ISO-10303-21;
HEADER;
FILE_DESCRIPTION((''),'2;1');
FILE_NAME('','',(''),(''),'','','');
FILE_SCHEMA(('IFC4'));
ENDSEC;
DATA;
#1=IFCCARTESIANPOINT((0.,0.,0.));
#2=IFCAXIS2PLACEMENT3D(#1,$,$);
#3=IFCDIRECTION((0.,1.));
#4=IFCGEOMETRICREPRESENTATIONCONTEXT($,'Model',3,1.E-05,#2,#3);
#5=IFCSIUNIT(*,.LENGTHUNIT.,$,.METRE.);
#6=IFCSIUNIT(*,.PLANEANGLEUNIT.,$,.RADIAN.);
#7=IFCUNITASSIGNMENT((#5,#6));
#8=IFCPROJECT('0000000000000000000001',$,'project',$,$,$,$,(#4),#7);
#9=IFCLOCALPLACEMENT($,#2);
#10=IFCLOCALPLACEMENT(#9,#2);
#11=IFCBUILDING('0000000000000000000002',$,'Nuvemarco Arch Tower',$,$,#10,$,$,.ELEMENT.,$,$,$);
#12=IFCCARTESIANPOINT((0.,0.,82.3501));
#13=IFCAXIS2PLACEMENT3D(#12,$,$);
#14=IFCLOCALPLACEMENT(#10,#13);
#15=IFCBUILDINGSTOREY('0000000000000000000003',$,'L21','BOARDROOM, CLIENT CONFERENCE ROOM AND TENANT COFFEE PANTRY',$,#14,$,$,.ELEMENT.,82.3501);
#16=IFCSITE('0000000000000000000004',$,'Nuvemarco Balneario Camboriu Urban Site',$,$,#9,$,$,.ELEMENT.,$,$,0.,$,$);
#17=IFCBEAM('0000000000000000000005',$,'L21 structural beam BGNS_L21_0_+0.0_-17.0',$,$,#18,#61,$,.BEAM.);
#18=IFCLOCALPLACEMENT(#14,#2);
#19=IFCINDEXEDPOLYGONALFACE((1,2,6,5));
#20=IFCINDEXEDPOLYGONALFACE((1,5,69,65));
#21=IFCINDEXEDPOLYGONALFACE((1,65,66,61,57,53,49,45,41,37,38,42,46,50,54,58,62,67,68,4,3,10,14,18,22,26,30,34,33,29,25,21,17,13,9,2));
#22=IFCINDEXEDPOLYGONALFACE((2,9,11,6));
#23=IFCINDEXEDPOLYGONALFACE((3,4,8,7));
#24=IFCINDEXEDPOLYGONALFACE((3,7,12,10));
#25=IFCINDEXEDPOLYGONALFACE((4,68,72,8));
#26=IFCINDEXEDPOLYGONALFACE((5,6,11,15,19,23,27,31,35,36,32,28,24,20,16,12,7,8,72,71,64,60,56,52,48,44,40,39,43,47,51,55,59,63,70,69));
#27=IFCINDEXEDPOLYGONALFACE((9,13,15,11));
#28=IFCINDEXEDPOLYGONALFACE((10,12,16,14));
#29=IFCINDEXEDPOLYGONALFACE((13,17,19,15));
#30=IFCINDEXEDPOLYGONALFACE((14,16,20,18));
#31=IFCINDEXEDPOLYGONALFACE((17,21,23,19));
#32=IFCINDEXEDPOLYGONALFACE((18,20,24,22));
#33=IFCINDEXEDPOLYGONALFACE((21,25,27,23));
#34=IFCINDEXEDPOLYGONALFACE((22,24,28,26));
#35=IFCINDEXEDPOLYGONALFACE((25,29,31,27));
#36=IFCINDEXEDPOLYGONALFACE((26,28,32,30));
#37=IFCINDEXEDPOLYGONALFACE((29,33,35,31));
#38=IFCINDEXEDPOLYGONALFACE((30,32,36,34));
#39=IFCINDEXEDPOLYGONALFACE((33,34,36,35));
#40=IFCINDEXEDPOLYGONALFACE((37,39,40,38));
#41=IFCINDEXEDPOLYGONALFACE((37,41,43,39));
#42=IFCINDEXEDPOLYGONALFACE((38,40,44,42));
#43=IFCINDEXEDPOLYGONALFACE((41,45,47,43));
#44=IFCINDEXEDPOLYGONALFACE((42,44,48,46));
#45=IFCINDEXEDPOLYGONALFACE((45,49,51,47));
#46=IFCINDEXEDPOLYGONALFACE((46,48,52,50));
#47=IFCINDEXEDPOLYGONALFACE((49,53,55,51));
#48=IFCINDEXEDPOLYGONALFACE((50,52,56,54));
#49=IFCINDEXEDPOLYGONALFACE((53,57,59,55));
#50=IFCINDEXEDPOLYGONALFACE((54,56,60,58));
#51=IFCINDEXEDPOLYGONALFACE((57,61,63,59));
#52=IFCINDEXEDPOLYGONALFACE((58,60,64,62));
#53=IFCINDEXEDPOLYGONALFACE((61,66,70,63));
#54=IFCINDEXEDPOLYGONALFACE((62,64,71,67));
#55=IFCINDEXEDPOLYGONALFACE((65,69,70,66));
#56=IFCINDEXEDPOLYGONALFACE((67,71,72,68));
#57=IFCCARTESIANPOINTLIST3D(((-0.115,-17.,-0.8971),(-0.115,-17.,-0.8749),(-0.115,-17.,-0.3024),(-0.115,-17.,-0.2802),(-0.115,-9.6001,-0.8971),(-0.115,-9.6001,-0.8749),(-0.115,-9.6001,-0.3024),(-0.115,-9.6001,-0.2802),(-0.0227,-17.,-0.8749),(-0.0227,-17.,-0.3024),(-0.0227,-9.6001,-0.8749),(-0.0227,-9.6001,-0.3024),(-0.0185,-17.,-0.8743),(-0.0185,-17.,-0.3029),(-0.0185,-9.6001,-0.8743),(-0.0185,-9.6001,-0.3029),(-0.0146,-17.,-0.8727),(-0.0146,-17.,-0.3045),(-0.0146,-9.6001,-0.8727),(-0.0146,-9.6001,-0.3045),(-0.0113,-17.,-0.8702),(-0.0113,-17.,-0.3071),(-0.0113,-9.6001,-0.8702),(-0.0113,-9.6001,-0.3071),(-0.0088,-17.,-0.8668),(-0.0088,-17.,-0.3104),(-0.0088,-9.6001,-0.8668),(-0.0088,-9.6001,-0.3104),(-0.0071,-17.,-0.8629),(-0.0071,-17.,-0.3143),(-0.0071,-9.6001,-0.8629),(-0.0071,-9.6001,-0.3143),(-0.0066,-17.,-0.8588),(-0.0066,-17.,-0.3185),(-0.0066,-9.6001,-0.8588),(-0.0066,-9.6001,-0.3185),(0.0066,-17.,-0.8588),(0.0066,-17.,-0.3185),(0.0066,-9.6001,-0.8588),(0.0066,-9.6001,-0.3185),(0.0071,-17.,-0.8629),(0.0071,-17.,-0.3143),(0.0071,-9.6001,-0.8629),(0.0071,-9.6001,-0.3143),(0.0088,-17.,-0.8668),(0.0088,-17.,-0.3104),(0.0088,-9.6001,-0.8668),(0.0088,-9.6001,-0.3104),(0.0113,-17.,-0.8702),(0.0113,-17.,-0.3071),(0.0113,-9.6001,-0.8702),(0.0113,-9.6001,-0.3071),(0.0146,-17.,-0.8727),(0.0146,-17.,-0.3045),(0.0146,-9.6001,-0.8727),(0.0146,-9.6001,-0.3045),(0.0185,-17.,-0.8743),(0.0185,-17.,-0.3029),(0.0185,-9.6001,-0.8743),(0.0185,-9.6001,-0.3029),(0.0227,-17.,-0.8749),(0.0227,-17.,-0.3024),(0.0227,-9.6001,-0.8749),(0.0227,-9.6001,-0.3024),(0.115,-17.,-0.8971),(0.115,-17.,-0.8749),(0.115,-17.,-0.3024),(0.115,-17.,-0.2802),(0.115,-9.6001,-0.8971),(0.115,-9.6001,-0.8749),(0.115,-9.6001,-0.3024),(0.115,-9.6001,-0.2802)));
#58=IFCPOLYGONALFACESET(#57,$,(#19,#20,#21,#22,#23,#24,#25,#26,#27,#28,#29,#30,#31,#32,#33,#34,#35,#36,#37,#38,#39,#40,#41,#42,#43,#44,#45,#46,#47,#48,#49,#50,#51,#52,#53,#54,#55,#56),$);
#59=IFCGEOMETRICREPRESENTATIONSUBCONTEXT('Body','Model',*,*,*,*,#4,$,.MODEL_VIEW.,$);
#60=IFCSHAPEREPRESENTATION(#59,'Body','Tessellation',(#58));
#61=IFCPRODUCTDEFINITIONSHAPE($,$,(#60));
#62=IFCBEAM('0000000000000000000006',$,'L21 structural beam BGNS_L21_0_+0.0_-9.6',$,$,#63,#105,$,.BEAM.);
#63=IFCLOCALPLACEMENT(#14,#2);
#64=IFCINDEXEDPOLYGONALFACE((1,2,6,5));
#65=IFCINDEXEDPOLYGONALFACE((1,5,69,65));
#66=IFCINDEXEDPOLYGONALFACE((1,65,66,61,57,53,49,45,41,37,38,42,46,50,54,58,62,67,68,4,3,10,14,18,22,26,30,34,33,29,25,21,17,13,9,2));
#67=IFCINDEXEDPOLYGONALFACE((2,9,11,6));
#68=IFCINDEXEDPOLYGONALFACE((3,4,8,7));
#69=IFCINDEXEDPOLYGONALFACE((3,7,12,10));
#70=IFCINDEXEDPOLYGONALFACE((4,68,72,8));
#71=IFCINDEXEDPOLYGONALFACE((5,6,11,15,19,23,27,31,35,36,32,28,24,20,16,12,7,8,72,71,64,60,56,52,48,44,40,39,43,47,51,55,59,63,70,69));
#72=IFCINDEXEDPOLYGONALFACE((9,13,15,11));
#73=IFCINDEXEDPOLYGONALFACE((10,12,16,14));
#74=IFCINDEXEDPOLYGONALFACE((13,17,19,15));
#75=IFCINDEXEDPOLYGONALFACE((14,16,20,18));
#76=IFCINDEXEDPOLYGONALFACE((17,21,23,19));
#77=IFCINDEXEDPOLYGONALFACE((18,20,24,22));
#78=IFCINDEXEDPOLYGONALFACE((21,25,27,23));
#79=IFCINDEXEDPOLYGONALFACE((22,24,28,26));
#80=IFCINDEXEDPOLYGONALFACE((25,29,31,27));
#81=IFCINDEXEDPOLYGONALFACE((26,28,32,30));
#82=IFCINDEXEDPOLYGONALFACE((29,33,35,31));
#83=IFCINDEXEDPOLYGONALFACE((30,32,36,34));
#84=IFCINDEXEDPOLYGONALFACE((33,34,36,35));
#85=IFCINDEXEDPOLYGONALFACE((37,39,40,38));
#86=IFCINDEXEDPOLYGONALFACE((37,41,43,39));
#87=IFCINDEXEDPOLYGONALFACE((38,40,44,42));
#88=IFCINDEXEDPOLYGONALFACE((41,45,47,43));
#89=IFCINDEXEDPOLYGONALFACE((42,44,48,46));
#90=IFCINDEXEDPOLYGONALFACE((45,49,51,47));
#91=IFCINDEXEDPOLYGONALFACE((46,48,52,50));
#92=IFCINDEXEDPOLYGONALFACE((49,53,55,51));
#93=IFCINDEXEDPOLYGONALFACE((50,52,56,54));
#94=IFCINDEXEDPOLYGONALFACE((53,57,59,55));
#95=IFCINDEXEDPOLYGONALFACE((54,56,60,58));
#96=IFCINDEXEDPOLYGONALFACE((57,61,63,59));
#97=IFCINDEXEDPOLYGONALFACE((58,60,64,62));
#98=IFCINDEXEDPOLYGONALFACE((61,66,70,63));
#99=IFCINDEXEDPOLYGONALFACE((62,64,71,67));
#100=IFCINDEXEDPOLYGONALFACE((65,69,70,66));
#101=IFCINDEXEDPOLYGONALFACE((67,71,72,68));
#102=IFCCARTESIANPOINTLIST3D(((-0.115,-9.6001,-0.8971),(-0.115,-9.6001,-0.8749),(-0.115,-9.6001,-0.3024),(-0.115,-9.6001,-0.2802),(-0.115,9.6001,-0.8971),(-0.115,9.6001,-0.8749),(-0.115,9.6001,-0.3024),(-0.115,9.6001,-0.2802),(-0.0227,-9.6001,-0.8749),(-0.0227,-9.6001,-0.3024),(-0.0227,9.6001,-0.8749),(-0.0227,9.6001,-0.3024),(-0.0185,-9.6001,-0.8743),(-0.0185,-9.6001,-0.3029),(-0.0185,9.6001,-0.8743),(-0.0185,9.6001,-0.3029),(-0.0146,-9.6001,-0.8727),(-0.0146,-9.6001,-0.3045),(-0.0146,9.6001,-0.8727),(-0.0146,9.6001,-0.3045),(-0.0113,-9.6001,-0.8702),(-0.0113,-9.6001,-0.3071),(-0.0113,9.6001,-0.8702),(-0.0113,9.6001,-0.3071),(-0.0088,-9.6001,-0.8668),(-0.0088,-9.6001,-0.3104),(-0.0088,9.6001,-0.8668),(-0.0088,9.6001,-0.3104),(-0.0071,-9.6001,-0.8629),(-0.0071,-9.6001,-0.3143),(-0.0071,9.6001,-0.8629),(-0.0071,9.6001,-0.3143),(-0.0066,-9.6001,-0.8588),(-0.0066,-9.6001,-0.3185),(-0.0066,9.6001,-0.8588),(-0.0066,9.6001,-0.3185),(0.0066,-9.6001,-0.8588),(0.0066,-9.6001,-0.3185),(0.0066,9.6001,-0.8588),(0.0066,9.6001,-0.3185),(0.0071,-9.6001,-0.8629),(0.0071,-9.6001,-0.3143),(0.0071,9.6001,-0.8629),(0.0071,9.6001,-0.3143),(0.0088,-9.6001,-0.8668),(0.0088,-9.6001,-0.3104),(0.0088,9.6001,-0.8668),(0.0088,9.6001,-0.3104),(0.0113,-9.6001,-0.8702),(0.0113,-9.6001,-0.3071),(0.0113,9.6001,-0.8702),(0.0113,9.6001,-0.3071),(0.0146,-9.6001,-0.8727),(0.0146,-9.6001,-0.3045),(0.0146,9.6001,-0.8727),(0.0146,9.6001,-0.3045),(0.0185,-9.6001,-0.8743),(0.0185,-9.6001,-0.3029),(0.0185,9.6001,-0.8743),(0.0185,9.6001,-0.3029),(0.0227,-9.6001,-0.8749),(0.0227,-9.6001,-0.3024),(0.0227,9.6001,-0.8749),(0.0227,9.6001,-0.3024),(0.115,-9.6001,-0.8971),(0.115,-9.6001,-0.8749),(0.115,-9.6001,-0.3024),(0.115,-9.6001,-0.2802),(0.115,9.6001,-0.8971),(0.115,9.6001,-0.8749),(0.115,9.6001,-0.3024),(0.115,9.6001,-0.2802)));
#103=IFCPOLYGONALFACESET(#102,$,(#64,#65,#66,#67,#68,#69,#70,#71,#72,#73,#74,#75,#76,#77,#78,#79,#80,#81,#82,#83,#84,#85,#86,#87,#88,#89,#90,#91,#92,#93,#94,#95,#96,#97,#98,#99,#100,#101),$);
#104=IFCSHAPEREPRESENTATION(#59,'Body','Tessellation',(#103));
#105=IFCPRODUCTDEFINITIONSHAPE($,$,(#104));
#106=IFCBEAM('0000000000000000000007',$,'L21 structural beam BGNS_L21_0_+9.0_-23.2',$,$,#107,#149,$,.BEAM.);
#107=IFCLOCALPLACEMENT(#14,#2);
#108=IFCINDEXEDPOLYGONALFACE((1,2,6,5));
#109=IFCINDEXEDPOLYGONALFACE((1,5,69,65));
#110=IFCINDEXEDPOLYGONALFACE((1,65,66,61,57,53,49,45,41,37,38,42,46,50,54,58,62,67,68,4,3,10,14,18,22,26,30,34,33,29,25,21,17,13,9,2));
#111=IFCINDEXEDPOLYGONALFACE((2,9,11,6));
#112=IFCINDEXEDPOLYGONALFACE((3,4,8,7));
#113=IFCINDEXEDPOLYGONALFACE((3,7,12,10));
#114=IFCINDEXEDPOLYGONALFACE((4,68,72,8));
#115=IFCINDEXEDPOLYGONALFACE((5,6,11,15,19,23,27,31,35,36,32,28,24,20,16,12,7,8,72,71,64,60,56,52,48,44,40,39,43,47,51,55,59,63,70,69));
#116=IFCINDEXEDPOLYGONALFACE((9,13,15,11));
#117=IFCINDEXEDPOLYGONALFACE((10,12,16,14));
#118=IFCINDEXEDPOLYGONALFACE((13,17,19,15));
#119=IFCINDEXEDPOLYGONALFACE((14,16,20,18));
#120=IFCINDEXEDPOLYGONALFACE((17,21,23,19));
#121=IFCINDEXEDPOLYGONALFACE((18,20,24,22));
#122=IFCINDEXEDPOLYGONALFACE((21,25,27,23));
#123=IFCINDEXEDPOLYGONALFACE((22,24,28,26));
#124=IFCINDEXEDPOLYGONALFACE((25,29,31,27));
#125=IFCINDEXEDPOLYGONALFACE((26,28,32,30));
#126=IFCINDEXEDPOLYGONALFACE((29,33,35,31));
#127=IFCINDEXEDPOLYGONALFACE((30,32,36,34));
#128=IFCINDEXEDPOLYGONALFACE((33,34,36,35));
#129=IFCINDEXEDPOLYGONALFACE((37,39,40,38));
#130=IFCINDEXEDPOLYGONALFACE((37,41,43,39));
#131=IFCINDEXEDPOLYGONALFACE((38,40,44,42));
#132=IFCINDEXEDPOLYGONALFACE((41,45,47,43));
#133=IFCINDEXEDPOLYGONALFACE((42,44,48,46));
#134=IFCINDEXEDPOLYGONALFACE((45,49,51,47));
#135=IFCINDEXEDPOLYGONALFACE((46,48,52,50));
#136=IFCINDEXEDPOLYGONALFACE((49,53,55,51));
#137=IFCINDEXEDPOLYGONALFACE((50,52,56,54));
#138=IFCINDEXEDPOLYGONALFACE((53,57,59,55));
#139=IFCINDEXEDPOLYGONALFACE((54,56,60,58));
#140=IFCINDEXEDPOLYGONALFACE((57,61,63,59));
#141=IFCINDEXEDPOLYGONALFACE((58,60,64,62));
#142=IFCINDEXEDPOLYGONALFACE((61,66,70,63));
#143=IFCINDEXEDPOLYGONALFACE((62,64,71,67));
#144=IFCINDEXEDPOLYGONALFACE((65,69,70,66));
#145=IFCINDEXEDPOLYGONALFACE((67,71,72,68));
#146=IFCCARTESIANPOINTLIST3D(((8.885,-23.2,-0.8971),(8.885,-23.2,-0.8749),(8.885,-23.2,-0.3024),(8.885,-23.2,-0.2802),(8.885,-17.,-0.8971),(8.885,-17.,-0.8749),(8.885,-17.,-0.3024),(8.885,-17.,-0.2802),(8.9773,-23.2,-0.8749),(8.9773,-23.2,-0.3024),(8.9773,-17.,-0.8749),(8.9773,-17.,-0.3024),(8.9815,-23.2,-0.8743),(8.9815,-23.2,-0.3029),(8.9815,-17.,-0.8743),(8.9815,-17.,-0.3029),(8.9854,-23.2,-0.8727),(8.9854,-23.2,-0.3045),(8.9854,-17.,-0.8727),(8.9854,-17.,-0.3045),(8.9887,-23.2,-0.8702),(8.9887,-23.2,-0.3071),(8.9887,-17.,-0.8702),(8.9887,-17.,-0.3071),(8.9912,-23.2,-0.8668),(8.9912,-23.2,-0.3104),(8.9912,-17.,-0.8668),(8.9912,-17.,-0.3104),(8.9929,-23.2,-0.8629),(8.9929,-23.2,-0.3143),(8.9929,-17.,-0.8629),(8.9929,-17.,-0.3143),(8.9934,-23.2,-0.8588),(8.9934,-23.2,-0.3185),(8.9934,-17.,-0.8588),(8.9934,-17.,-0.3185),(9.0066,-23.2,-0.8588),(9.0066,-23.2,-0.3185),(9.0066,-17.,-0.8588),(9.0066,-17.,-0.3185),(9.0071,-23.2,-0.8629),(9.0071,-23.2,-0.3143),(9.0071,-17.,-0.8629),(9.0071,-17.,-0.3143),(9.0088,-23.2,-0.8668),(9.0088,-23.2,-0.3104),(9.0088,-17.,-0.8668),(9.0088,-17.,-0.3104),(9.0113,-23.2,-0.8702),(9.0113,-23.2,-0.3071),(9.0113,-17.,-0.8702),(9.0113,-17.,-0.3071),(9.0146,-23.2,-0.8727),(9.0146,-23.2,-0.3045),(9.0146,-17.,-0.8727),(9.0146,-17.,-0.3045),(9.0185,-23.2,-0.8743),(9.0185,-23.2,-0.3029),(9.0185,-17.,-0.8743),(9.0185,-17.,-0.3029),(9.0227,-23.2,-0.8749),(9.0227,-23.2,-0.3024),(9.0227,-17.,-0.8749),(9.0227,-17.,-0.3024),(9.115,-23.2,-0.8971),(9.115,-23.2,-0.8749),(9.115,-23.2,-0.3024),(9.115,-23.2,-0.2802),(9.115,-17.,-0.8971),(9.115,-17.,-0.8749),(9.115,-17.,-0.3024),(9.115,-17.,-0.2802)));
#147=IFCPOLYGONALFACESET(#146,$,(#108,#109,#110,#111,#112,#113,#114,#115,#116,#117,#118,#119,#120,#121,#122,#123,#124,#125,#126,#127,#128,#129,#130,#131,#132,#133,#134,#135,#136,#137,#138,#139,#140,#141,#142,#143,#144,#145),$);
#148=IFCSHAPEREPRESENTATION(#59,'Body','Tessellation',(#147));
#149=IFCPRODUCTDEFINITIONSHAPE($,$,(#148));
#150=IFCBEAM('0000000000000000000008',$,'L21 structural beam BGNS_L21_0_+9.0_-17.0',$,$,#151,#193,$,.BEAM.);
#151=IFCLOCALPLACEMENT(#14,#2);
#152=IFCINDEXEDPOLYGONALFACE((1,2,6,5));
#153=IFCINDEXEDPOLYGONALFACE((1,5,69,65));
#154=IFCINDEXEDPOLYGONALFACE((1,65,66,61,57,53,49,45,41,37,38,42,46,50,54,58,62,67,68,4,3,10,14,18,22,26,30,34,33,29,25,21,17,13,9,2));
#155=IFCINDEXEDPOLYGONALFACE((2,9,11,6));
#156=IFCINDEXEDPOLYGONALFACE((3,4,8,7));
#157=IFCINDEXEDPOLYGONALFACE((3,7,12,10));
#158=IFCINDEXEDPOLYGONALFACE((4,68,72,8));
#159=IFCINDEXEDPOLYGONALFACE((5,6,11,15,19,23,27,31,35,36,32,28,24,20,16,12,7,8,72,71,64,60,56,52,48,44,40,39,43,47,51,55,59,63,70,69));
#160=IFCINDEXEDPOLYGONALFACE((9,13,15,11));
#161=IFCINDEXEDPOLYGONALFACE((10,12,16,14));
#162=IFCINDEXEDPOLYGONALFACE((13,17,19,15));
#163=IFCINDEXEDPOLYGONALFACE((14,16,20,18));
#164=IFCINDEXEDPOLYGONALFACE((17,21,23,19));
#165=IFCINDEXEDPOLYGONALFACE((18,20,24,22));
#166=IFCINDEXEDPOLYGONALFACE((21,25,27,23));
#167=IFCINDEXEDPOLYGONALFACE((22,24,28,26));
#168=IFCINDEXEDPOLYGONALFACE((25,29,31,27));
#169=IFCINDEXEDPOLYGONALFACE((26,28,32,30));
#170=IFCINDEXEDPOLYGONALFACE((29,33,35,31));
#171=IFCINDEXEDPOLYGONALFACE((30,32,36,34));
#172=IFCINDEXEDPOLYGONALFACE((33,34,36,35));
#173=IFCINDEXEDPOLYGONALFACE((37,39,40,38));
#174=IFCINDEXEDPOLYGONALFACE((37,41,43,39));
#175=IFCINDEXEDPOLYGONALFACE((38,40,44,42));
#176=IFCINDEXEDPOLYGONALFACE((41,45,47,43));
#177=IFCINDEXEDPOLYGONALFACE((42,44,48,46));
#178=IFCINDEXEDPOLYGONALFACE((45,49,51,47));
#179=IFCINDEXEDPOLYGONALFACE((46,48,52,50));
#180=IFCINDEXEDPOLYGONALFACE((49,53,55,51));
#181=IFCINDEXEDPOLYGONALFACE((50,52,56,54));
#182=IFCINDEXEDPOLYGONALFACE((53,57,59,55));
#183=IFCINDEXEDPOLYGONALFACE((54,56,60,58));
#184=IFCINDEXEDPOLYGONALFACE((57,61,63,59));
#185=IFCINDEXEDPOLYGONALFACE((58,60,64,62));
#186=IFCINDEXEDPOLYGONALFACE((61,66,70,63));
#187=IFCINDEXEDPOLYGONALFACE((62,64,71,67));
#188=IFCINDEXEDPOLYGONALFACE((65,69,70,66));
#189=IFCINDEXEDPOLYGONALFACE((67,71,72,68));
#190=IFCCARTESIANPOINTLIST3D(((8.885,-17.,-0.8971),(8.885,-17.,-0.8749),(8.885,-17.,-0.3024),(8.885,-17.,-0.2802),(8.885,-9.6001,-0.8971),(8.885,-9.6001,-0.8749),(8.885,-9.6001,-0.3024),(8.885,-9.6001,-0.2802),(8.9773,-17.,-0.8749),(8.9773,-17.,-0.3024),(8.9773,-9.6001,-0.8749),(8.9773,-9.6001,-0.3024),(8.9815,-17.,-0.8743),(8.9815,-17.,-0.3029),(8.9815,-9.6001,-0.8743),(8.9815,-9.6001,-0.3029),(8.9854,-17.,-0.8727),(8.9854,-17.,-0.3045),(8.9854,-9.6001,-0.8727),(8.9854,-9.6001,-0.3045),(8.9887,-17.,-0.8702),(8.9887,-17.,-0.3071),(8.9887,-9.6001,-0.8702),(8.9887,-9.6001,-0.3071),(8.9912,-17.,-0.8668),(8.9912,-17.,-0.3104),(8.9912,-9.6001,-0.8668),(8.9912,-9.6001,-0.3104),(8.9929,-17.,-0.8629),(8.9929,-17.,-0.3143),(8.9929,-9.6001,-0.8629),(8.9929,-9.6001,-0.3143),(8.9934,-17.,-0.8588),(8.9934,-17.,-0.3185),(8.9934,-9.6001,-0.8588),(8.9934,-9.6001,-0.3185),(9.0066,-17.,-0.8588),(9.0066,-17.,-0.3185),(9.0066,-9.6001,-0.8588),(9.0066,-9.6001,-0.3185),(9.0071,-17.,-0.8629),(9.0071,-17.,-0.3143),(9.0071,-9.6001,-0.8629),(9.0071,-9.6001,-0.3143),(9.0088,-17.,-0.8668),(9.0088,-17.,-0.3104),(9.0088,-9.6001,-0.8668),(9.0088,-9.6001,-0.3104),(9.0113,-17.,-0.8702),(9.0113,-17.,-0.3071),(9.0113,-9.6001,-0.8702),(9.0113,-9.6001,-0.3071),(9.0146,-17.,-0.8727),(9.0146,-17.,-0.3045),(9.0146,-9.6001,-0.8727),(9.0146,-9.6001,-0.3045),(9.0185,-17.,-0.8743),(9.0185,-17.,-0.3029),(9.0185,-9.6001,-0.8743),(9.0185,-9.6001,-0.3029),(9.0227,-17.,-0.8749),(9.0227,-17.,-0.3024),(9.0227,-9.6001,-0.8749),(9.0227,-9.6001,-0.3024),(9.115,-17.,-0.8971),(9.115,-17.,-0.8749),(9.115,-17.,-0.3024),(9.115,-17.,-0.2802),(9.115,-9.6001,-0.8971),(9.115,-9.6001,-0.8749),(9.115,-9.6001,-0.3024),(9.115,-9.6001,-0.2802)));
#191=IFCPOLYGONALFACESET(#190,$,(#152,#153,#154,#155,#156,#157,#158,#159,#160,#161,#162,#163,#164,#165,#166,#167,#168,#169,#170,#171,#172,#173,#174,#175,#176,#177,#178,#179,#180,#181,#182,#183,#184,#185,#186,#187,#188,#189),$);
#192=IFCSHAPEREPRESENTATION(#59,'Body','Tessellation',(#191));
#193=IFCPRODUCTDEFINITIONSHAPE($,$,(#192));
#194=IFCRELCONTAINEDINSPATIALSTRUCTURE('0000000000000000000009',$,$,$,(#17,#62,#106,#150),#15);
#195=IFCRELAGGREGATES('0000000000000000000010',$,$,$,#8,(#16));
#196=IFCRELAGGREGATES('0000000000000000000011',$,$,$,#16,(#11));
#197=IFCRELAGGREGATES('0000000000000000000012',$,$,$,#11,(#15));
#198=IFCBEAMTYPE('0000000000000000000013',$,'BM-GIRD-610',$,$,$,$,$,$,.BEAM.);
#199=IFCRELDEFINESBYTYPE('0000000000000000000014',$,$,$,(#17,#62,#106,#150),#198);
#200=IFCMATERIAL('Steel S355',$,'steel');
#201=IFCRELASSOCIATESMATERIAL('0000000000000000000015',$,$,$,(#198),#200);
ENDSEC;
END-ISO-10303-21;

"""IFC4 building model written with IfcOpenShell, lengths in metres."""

from ifc_helpers import new_model, si_unit, direction, frame, origin, origin_2d, place, context, subcontext, project, spatial, i_section, extrude, material, material_profile, profile_set, type_object, element, save


model = new_model("IFC4")

# Units and contexts
model_context = context("Model", 3, precision=1e-05, world=origin(), true_north=direction((0.0, 1.0)))
body_context = subcontext(model_context, "Body", "Model", "MODEL_VIEW")
ifc_project = project(units=[si_unit("LENGTHUNIT", "METRE"), si_unit("PLANEANGLEUNIT", "RADIAN")], contexts=[model_context])

# Site, building, storey
site_placement = place(None, origin())
site = spatial("IfcSite", under=ifc_project, at=site_placement, Name="Nuvemarco Balneario Camboriu Urban Site", CompositionType="ELEMENT", RefElevation=0.0)
building_placement = place(site_placement, origin())
building = spatial("IfcBuilding", under=site, at=building_placement, Name="Nuvemarco Arch Tower", CompositionType="ELEMENT")
storey_placement = place(building_placement, frame((0.0, 0.0, 82.3501)))
storey = spatial("IfcBuildingStorey", under=building, at=storey_placement, Name="L21", Description="BOARDROOM, CLIENT CONFERENCE ROOM AND TENANT COFFEE PANTRY", CompositionType="ELEMENT", Elevation=82.3501)

# Shared definitions
ifc_material_1 = material(Name="Steel S355", Category="steel")

# Beams
ifc_material_profile_1 = material_profile(ifc_material_1, i_section(OverallWidth=0.23, OverallDepth=0.6169, WebThickness=0.0132, FlangeThickness=0.0222, FilletRadius=0.0161, at=origin_2d()), Name="W610x140")
ifc_profile_set_1 = profile_set([ifc_material_profile_1], Name="Steel S355")
beam_type_1 = type_object("IfcBeamType", Name="BM-GIRD-610", PredefinedType="BEAM", material=ifc_profile_set_1)
beam_1_placement = place(storey_placement, frame((0.0, -17.0, -0.5886), z_axis=(0.0, 1.0, 0.0), x_axis=(-1.0, 0.0, 0.0)))
element("IfcBeam", 1, at=beam_1_placement, inside=storey, type_object=beam_type_1, Name="L21 structural beam BGNS_L21_0_+0.0_-17.0", PredefinedType="BEAM", context=body_context, shape_type="SweptSolid", body=[
    extrude(i_section(OverallWidth=0.23, OverallDepth=0.6169, WebThickness=0.0132, FlangeThickness=0.0222, FilletRadius=0.0161, at=origin_2d()), origin(), (0.0, 0.0, 1.0), 7.3999),
])
beam_2_placement = place(storey_placement, frame((0.0, -9.6001, -0.5886), z_axis=(0.0, 1.0, 0.0), x_axis=(-1.0, 0.0, 0.0)))
element("IfcBeam", 2, at=beam_2_placement, inside=storey, type_object=beam_type_1, Name="L21 structural beam BGNS_L21_0_+0.0_-9.6", PredefinedType="BEAM", context=body_context, shape_type="SweptSolid", body=[
    extrude(i_section(OverallWidth=0.23, OverallDepth=0.6169, WebThickness=0.0132, FlangeThickness=0.0222, FilletRadius=0.0161, at=origin_2d()), origin(), (0.0, 0.0, 1.0), 19.2002),
])
beam_3_placement = place(storey_placement, frame((9.0, -23.2, -0.5886), z_axis=(0.0, 1.0, 0.0), x_axis=(-1.0, 0.0, 0.0)))
element("IfcBeam", 3, at=beam_3_placement, inside=storey, type_object=beam_type_1, Name="L21 structural beam BGNS_L21_0_+9.0_-23.2", PredefinedType="BEAM", context=body_context, shape_type="SweptSolid", body=[
    extrude(i_section(OverallWidth=0.23, OverallDepth=0.6169, WebThickness=0.0132, FlangeThickness=0.0222, FilletRadius=0.0161, at=origin_2d()), origin(), (0.0, 0.0, 1.0), 6.2),
])
beam_4_placement = place(storey_placement, frame((9.0, -17.0, -0.5886), z_axis=(0.0, 1.0, 0.0), x_axis=(-1.0, 0.0, 0.0)))
element("IfcBeam", 4, at=beam_4_placement, inside=storey, type_object=beam_type_1, Name="L21 structural beam BGNS_L21_0_+9.0_-17.0", PredefinedType="BEAM", context=body_context, shape_type="SweptSolid", body=[
    extrude(i_section(OverallWidth=0.23, OverallDepth=0.6169, WebThickness=0.0132, FlangeThickness=0.0222, FilletRadius=0.0161, at=origin_2d()), origin(), (0.0, 0.0, 1.0), 7.3999),
])

save(model, "model.ifc")
